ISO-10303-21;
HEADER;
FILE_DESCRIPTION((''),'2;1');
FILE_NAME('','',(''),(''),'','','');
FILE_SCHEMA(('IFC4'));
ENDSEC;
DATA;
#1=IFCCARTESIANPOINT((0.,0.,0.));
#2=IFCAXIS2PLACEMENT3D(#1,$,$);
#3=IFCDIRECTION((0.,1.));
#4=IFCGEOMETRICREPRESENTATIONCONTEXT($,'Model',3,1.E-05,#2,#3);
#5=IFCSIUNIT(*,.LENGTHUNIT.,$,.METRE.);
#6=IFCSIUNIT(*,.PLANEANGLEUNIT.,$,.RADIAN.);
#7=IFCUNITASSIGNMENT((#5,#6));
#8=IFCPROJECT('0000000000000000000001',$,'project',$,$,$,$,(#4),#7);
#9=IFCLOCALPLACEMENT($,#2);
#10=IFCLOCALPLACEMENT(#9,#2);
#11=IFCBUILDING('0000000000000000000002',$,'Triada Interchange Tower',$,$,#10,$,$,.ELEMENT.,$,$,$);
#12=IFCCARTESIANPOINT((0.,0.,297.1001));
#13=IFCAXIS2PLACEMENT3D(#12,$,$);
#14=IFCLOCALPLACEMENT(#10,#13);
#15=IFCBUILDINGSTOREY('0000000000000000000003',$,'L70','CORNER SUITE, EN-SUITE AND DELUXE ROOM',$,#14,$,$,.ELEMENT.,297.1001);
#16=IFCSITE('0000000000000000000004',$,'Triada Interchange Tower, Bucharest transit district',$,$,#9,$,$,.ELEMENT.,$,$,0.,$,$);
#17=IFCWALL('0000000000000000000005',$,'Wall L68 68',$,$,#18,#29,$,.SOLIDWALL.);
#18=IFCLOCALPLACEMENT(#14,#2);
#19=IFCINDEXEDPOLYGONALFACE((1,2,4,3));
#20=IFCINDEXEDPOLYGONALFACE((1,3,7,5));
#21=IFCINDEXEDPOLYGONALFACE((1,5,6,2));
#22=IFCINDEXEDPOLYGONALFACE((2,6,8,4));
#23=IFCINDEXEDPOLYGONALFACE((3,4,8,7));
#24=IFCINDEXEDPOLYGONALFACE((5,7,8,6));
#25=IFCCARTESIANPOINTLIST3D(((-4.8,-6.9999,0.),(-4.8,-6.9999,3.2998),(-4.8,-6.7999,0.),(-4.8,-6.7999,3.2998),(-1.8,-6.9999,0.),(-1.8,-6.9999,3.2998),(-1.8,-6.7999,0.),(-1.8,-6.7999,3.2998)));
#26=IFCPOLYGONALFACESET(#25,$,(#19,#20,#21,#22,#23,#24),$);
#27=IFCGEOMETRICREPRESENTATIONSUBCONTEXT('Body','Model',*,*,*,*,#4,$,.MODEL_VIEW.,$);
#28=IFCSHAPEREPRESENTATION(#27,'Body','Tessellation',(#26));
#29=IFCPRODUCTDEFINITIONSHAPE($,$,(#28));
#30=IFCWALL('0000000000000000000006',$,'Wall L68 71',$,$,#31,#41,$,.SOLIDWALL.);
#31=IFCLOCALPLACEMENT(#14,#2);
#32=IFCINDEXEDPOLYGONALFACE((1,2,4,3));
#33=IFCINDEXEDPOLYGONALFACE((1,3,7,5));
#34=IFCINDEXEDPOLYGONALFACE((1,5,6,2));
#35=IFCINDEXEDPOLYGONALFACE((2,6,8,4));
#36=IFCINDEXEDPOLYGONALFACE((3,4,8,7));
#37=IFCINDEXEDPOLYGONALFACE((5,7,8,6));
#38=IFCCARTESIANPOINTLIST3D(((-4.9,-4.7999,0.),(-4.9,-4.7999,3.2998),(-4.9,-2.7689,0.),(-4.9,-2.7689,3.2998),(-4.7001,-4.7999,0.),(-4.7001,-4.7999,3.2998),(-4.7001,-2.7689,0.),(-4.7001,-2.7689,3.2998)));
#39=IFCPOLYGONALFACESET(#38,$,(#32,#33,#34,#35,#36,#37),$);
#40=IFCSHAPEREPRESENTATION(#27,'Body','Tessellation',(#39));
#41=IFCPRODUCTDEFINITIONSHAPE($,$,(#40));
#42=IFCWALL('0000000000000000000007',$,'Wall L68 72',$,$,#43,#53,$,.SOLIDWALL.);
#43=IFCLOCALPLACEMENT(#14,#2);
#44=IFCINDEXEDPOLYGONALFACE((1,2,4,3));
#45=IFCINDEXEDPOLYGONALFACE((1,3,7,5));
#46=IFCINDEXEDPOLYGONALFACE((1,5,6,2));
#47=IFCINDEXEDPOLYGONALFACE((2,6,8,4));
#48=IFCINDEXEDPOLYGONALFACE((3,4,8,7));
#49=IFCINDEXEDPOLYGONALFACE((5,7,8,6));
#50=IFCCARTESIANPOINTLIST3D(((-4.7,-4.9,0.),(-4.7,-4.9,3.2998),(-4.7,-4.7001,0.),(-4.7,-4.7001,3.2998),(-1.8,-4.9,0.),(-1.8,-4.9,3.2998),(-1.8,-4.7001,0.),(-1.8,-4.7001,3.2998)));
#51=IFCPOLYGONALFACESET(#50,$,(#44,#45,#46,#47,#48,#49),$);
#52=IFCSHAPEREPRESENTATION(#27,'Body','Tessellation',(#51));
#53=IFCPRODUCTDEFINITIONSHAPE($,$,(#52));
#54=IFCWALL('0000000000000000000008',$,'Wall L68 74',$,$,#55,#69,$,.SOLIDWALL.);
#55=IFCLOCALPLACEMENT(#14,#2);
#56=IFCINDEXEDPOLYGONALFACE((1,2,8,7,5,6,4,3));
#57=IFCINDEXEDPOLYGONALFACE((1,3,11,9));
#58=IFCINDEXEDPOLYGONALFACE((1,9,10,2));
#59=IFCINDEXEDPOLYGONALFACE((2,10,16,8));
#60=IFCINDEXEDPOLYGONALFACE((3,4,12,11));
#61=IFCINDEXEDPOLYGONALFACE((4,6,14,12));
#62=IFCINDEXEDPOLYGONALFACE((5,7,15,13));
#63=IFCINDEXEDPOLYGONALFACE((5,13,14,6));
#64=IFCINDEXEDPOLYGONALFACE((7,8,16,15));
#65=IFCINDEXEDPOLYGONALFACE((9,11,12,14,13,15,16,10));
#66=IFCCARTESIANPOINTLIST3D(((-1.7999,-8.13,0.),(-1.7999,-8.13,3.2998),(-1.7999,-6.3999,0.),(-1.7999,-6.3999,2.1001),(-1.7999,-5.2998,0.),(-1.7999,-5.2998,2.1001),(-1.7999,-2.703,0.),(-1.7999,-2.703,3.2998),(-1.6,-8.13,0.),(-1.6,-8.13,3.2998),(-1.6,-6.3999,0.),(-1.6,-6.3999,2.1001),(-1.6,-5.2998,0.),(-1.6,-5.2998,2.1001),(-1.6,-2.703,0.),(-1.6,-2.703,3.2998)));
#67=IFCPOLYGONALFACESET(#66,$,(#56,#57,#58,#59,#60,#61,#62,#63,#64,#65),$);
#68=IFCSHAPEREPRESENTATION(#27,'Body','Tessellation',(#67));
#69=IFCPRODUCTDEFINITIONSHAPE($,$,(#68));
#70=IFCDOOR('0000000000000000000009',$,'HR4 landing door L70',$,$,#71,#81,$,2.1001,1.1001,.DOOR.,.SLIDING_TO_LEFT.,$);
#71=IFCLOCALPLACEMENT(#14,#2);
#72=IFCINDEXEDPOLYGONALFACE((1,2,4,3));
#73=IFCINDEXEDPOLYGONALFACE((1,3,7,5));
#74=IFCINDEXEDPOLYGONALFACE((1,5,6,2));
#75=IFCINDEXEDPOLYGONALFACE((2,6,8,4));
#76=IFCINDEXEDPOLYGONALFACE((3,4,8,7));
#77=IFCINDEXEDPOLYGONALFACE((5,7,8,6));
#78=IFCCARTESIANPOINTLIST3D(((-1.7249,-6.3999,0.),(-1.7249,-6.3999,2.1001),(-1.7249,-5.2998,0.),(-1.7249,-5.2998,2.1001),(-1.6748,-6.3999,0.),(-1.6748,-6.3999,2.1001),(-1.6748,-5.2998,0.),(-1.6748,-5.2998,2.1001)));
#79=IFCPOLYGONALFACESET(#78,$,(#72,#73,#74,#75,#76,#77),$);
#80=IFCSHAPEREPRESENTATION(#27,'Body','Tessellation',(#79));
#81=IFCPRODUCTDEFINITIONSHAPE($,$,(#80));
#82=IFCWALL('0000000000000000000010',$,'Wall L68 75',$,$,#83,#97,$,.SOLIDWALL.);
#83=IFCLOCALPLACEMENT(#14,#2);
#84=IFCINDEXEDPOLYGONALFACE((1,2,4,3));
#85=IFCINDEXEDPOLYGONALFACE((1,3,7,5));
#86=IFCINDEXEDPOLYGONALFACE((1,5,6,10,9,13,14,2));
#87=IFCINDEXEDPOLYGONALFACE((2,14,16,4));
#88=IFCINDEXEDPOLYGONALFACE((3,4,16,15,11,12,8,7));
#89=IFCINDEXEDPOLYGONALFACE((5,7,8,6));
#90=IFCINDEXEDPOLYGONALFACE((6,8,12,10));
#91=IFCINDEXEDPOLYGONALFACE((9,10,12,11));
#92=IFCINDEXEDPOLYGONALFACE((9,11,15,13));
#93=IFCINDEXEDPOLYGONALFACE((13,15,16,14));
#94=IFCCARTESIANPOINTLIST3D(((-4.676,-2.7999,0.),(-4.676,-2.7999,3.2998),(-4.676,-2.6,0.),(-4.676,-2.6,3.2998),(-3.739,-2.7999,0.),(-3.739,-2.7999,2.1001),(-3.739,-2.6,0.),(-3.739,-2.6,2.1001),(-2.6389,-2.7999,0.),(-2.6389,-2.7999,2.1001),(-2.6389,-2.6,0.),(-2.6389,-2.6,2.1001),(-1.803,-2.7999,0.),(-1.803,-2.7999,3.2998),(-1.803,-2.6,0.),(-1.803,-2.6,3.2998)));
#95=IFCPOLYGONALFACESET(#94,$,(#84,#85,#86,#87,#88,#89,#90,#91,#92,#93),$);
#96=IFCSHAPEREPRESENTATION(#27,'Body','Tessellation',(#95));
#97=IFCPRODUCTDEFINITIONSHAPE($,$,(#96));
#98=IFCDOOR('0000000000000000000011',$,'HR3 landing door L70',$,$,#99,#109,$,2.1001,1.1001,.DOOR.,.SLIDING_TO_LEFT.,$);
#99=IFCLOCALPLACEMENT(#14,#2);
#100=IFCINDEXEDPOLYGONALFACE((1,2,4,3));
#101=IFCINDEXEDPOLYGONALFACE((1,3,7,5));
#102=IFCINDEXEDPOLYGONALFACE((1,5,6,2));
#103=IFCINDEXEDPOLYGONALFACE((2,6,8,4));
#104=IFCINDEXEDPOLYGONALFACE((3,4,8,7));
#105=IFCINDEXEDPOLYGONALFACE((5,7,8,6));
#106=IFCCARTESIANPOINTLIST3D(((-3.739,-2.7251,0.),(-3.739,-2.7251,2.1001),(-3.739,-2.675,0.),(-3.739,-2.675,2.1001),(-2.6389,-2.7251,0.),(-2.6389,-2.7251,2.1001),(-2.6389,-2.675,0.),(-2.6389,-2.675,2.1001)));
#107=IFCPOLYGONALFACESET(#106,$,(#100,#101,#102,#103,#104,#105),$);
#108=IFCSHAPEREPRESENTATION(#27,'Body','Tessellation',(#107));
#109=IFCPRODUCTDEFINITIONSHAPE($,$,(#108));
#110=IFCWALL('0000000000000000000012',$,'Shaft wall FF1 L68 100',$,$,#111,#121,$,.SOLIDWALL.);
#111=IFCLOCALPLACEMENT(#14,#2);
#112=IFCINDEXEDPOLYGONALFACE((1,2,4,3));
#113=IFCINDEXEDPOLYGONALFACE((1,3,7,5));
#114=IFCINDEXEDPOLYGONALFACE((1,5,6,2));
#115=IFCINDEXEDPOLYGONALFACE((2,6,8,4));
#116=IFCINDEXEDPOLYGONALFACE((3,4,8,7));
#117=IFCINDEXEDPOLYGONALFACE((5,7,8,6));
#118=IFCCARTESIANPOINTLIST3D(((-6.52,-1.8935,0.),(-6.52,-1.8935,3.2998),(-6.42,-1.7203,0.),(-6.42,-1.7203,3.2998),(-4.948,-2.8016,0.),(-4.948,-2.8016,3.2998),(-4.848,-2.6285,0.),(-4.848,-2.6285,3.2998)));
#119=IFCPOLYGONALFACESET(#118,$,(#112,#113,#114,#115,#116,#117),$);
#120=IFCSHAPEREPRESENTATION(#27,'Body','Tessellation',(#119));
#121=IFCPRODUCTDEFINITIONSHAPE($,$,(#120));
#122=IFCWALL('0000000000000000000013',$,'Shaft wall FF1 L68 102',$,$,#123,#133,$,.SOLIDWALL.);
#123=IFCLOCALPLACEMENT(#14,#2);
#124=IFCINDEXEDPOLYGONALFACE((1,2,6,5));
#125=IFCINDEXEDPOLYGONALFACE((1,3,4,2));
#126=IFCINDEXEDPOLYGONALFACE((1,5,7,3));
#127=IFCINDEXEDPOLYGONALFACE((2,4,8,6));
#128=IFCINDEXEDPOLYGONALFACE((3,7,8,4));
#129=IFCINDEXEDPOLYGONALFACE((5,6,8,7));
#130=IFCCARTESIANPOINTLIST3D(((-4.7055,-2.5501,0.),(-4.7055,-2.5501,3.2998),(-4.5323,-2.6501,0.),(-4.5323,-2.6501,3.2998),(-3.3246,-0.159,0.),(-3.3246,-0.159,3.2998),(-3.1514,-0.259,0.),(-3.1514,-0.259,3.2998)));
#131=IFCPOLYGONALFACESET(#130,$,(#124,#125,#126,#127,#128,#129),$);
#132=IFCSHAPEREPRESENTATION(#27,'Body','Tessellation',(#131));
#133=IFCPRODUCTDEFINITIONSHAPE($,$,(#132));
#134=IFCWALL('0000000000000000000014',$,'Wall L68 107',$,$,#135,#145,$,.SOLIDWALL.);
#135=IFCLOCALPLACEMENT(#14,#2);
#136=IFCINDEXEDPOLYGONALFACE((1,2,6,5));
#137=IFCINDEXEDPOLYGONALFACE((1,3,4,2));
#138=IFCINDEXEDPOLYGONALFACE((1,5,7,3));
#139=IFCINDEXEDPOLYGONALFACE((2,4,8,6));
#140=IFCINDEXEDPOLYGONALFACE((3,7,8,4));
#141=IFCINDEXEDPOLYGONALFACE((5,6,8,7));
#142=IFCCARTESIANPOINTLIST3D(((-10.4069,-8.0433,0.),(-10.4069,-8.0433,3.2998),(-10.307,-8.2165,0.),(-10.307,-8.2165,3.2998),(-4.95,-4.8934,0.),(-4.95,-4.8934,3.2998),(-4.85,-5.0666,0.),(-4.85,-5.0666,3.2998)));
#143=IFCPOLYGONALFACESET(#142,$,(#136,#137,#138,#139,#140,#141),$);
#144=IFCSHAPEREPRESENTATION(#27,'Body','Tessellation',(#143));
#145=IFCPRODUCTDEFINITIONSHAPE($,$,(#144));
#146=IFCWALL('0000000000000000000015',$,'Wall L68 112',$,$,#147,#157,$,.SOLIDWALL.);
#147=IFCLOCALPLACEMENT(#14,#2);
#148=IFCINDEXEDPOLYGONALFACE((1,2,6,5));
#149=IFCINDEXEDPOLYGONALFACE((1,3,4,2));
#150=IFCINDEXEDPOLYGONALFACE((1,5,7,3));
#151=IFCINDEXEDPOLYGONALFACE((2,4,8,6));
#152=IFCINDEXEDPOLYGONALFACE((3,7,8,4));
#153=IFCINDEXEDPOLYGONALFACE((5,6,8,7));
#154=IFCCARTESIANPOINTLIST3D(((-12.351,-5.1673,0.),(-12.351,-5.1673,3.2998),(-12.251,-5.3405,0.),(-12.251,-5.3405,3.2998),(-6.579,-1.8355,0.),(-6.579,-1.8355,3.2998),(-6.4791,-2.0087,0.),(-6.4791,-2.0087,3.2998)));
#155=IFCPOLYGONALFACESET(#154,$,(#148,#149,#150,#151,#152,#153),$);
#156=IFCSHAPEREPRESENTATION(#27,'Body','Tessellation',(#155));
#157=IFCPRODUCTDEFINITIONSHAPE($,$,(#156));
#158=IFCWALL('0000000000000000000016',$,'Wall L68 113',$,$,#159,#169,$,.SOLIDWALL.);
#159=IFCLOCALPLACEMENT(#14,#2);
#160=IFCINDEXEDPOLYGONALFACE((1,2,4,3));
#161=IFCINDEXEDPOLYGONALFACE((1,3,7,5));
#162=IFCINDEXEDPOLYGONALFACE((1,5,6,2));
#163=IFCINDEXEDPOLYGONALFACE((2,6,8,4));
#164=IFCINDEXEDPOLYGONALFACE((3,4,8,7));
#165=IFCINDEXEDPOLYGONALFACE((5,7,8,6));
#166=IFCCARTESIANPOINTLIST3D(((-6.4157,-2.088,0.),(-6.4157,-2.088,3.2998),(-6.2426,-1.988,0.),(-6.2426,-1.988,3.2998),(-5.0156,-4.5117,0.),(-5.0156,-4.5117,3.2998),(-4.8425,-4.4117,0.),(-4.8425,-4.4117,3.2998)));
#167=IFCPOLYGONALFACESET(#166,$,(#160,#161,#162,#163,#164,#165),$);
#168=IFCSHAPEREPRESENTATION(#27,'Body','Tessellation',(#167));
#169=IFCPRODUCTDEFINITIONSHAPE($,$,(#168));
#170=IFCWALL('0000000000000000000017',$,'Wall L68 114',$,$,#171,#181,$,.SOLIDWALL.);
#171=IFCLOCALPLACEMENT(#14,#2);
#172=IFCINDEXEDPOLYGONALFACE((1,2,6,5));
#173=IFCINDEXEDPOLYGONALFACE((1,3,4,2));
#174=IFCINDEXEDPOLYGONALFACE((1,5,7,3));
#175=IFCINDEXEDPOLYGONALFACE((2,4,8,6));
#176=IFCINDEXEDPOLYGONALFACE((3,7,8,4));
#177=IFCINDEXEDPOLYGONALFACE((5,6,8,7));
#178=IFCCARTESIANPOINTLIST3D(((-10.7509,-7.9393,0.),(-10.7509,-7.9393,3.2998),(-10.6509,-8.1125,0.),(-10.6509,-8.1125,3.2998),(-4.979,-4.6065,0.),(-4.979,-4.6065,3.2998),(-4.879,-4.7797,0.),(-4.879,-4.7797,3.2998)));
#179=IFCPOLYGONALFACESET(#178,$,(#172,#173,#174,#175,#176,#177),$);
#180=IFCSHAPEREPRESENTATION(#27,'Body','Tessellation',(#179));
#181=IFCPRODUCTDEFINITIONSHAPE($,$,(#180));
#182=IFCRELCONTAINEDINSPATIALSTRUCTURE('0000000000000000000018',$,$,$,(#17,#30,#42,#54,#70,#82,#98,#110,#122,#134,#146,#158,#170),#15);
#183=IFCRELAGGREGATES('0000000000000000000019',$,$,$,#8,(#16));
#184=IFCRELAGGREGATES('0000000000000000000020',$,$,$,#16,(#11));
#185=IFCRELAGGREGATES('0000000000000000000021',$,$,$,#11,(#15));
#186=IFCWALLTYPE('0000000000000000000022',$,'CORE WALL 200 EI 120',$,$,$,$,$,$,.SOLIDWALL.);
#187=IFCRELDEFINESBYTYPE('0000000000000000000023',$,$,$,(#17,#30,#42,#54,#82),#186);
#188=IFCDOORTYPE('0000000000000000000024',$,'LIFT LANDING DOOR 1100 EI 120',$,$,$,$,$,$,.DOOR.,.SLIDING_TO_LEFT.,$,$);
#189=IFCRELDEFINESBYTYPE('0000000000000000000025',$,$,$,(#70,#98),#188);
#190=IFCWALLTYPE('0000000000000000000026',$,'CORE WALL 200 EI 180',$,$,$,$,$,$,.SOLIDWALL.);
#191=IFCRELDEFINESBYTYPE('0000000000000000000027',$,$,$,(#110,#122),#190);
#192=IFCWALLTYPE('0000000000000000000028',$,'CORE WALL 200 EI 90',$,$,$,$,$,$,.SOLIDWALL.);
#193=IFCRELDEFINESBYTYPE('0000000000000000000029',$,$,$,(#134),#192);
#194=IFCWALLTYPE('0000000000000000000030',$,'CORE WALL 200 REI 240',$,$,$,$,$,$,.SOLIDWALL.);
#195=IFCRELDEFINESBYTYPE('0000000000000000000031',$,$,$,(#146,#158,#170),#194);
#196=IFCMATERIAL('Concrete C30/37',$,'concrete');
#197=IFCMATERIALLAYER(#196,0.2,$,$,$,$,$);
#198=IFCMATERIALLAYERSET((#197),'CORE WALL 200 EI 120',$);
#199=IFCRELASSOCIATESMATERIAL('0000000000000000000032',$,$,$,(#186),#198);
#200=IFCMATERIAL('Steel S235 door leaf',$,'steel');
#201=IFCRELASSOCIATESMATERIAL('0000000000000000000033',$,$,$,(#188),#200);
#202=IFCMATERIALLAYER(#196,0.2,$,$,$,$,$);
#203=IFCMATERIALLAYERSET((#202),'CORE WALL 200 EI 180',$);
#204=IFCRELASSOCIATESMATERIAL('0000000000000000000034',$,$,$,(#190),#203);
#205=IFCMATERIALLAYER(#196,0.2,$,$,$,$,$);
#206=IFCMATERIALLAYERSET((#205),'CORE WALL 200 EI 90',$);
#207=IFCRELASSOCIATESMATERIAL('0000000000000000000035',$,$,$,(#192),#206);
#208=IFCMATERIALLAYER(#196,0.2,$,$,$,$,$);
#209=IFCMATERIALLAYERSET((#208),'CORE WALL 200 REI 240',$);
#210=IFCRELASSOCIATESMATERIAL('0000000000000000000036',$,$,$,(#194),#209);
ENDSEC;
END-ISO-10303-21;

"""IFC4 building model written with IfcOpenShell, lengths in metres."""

from ifc_helpers import new_model, si_unit, direction, frame, frame_2d, origin, place, context, subcontext, project, spatial, rectangle, extrude, material, layer, layer_set, type_object, element, fill, save


model = new_model("IFC4")

# Units and contexts
model_context = context("Model", 3, precision=1e-05, world=origin(), true_north=direction((0.0, 1.0)))
body_context = subcontext(model_context, "Body", "Model", "MODEL_VIEW")
ifc_project = project(units=[si_unit("LENGTHUNIT", "METRE"), si_unit("PLANEANGLEUNIT", "RADIAN")], contexts=[model_context])

# Site, building, storey
site_placement = place(None, origin())
site = spatial("IfcSite", under=ifc_project, at=site_placement, Name="Triada Interchange Tower, Bucharest transit district", CompositionType="ELEMENT", RefElevation=0.0)
building_placement = place(site_placement, origin())
building = spatial("IfcBuilding", under=site, at=building_placement, Name="Triada Interchange Tower", CompositionType="ELEMENT")
storey_placement = place(building_placement, frame((0.0, 0.0, 297.1001)))
storey = spatial("IfcBuildingStorey", under=building, at=storey_placement, Name="L70", Description="CORNER SUITE, EN-SUITE AND DELUXE ROOM", CompositionType="ELEMENT", Elevation=297.1001)

# Walls
ifc_material_1 = material(Name="Concrete C30/37", Category="concrete")
ifc_layer_1 = layer(ifc_material_1, 0.2)
ifc_layer_set_1 = layer_set([ifc_layer_1], Name="CORE WALL 200 EI 120")
wall_type_1 = type_object("IfcWallType", Name="CORE WALL 200 EI 120", PredefinedType="SOLIDWALL", material=ifc_layer_set_1)
wall_1_placement = place(storey_placement, frame((-4.8, -6.8999, 0.0), z_axis=(0.0, 0.0, 1.0), x_axis=(1.0, 0.0, 0.0)))
element("IfcWall", 1, at=wall_1_placement, inside=storey, type_object=wall_type_1, Name="Wall L68 68", PredefinedType="SOLIDWALL", context=body_context, shape_type="SweptSolid", body=[
    extrude(rectangle(XDim=3.0, YDim=0.2, at=frame_2d((1.5, 0.0))), origin(), (0.0, 0.0, 1.0), 3.2998),
])
wall_2_placement = place(storey_placement, frame((-4.8, -4.8, 0.0), z_axis=(0.0, 0.0, 1.0), x_axis=(0.0, 1.0, 0.0)))
element("IfcWall", 2, at=wall_2_placement, inside=storey, type_object=wall_type_1, Name="Wall L68 71", PredefinedType="SOLIDWALL", context=body_context, shape_type="SweptSolid", body=[
    extrude(rectangle(XDim=2.031, YDim=0.2, at=frame_2d((1.0156, 0.0))), origin(), (0.0, 0.0, 1.0), 3.2998),
])
wall_3_placement = place(storey_placement, frame((-4.7, -4.8, 0.0), z_axis=(0.0, 0.0, 1.0), x_axis=(1.0, 0.0, 0.0)))
element("IfcWall", 3, at=wall_3_placement, inside=storey, type_object=wall_type_1, Name="Wall L68 72", PredefinedType="SOLIDWALL", context=body_context, shape_type="SweptSolid", body=[
    extrude(rectangle(XDim=2.8999, YDim=0.2, at=frame_2d((1.45, 0.0))), origin(), (0.0, 0.0, 1.0), 3.2998),
])

# Walls, openings, doors
wall_4_placement = place(storey_placement, frame((-1.7, -8.1299, 0.0), z_axis=(0.0, 0.0, 1.0), x_axis=(0.0, 1.0, 0.0)))
wall_4 = element("IfcWall", 4, at=wall_4_placement, inside=storey, type_object=wall_type_1, Name="Wall L68 74", PredefinedType="SOLIDWALL", context=body_context, shape_type="SweptSolid", body=[
    extrude(rectangle(XDim=5.427, YDim=0.2, at=frame_2d((2.7134, 0.0))), origin(), (0.0, 0.0, 1.0), 3.2998),
])
opening_1_placement = place(wall_4_placement, frame((1.73, 0.0, 0.0)))
opening_1 = element("IfcOpeningElement", 5, at=opening_1_placement, cuts=wall_4, PredefinedType="OPENING", context=body_context, shape_type="SweptSolid", body=[
    extrude(rectangle(XDim=1.1001, YDim=2.1001, at=frame_2d((0.55, 1.05))), frame((0.0, 0.1099, 0.0), z_axis=(0.0, -1.0, 0.0), x_axis=(1.0, 0.0, 0.0)), (0.0, 0.0, 1.0), 0.22),
])
ifc_material_2 = material(Name="Steel S235 door leaf", Category="steel")
door_type_1 = type_object("IfcDoorType", Name="LIFT LANDING DOOR 1100 EI 120", OperationType="SLIDING_TO_LEFT", PredefinedType="DOOR", material=ifc_material_2)
door_1_placement = place(opening_1_placement, origin())
door_1 = element("IfcDoor", 6, at=door_1_placement, inside=storey, type_object=door_type_1, Name="HR4 landing door L70", OperationType="SLIDING_TO_LEFT", OverallHeight=2.1001, OverallWidth=1.1001, PredefinedType="DOOR", context=body_context, shape_type="SweptSolid", body=[
    extrude(rectangle(XDim=1.1001, YDim=2.1001, at=frame_2d((0.55, 1.05))), frame((0.0, 0.0249, 0.0), z_axis=(0.0, -1.0, 0.0), x_axis=(1.0, 0.0, 0.0)), (0.0, 0.0, 1.0), 0.05),
])
fill(opening_1, door_1)
wall_5_placement = place(storey_placement, frame((-4.676, -2.7, 0.0), z_axis=(0.0, 0.0, 1.0), x_axis=(1.0, 0.0, 0.0)))
wall_5 = element("IfcWall", 7, at=wall_5_placement, inside=storey, type_object=wall_type_1, Name="Wall L68 75", PredefinedType="SOLIDWALL", context=body_context, shape_type="SweptSolid", body=[
    extrude(rectangle(XDim=2.873, YDim=0.2, at=frame_2d((1.4365, 0.0))), origin(), (0.0, 0.0, 1.0), 3.2998),
])
opening_2_placement = place(wall_5_placement, frame((0.937, 0.0, 0.0)))
opening_2 = element("IfcOpeningElement", 8, at=opening_2_placement, cuts=wall_5, PredefinedType="OPENING", context=body_context, shape_type="SweptSolid", body=[
    extrude(rectangle(XDim=1.1001, YDim=2.1001, at=frame_2d((0.55, 1.05))), frame((0.0, 0.1099, 0.0), z_axis=(0.0, -1.0, 0.0), x_axis=(1.0, 0.0, 0.0)), (0.0, 0.0, 1.0), 0.22),
])
door_2_placement = place(opening_2_placement, origin())
door_2 = element("IfcDoor", 9, at=door_2_placement, inside=storey, type_object=door_type_1, Name="HR3 landing door L70", OperationType="SLIDING_TO_LEFT", OverallHeight=2.1001, OverallWidth=1.1001, PredefinedType="DOOR", context=body_context, shape_type="SweptSolid", body=[
    extrude(rectangle(XDim=1.1001, YDim=2.1001, at=frame_2d((0.55, 1.05))), frame((0.0, 0.0249, 0.0), z_axis=(0.0, -1.0, 0.0), x_axis=(1.0, 0.0, 0.0)), (0.0, 0.0, 1.0), 0.05),
])
fill(opening_2, door_2)

# Walls
ifc_layer_2 = layer(ifc_material_1, 0.2)
ifc_layer_set_2 = layer_set([ifc_layer_2], Name="CORE WALL 200 EI 180")
wall_type_2 = type_object("IfcWallType", Name="CORE WALL 200 EI 180", PredefinedType="SOLIDWALL", material=ifc_layer_set_2)
wall_6_placement = place(storey_placement, frame((-6.47, -1.8069, 0.0), z_axis=(0.0, 0.0, 1.0), x_axis=(0.865883, -0.500246, 0.0)))
element("IfcWall", 10, at=wall_6_placement, inside=storey, type_object=wall_type_2, Name="Shaft wall FF1 L68 100", PredefinedType="SOLIDWALL", context=body_context, shape_type="SweptSolid", body=[
    extrude(rectangle(XDim=1.8154, YDim=0.2, at=frame_2d((0.9077, 0.0))), origin(), (0.0, 0.0, 1.0), 3.2998),
])
wall_7_placement = place(storey_placement, frame((-4.6189, -2.6001, 0.0), z_axis=(0.0, 0.0, 1.0), x_axis=(0.500095, 0.865971, 0.0)))
element("IfcWall", 11, at=wall_7_placement, inside=storey, type_object=wall_type_2, Name="Shaft wall FF1 L68 102", PredefinedType="SOLIDWALL", context=body_context, shape_type="SweptSolid", body=[
    extrude(rectangle(XDim=2.7612, YDim=0.2, at=frame_2d((1.3806, 0.0))), origin(), (0.0, 0.0, 1.0), 3.2998),
])
ifc_layer_3 = layer(ifc_material_1, 0.2)
ifc_layer_set_3 = layer_set([ifc_layer_3], Name="CORE WALL 200 EI 90")
wall_type_3 = type_object("IfcWallType", Name="CORE WALL 200 EI 90", PredefinedType="SOLIDWALL", material=ifc_layer_set_3)
wall_8_placement = place(storey_placement, frame((-10.3569, -8.1299, 0.0), z_axis=(0.0, 0.0, 1.0), x_axis=(0.866075, 0.499915, 0.0)))
element("IfcWall", 12, at=wall_8_placement, inside=storey, type_object=wall_type_3, Name="Wall L68 107", PredefinedType="SOLIDWALL", context=body_context, shape_type="SweptSolid", body=[
    extrude(rectangle(XDim=6.3008, YDim=0.2, at=frame_2d((3.1504, 0.0))), origin(), (0.0, 0.0, 1.0), 3.2998),
])
ifc_layer_4 = layer(ifc_material_1, 0.2)
ifc_layer_set_4 = layer_set([ifc_layer_4], Name="CORE WALL 200 REI 240")
wall_type_4 = type_object("IfcWallType", Name="CORE WALL 200 REI 240", PredefinedType="SOLIDWALL", material=ifc_layer_set_4)
wall_9_placement = place(storey_placement, frame((-12.301, -5.2539, 0.0), z_axis=(0.0, 0.0, 1.0), x_axis=(0.866068, 0.499925, 0.0)))
element("IfcWall", 13, at=wall_9_placement, inside=storey, type_object=wall_type_4, Name="Wall L68 112", PredefinedType="SOLIDWALL", context=body_context, shape_type="SweptSolid", body=[
    extrude(rectangle(XDim=6.6646, YDim=0.2, at=frame_2d((3.3323, 0.0))), origin(), (0.0, 0.0, 1.0), 3.2998),
])
wall_10_placement = place(storey_placement, frame((-6.3291, -2.0381, 0.0), z_axis=(0.0, 0.0, 1.0), x_axis=(0.500201, -0.86591, 0.0)))
element("IfcWall", 14, at=wall_10_placement, inside=storey, type_object=wall_type_4, Name="Wall L68 113", PredefinedType="SOLIDWALL", context=body_context, shape_type="SweptSolid", body=[
    extrude(rectangle(XDim=2.7991, YDim=0.2, at=frame_2d((1.3994, 0.0))), origin(), (0.0, 0.0, 1.0), 3.2998),
])
wall_11_placement = place(storey_placement, frame((-10.7009, -8.0259, 0.0), z_axis=(0.0, 0.0, 1.0), x_axis=(0.866005, 0.500035, 0.0)))
element("IfcWall", 15, at=wall_11_placement, inside=storey, type_object=wall_type_4, Name="Wall L68 114", PredefinedType="SOLIDWALL", context=body_context, shape_type="SweptSolid", body=[
    extrude(rectangle(XDim=6.665, YDim=0.2, at=frame_2d((3.3325, 0.0))), origin(), (0.0, 0.0, 1.0), 3.2998),
])

save(model, "model.ifc")
